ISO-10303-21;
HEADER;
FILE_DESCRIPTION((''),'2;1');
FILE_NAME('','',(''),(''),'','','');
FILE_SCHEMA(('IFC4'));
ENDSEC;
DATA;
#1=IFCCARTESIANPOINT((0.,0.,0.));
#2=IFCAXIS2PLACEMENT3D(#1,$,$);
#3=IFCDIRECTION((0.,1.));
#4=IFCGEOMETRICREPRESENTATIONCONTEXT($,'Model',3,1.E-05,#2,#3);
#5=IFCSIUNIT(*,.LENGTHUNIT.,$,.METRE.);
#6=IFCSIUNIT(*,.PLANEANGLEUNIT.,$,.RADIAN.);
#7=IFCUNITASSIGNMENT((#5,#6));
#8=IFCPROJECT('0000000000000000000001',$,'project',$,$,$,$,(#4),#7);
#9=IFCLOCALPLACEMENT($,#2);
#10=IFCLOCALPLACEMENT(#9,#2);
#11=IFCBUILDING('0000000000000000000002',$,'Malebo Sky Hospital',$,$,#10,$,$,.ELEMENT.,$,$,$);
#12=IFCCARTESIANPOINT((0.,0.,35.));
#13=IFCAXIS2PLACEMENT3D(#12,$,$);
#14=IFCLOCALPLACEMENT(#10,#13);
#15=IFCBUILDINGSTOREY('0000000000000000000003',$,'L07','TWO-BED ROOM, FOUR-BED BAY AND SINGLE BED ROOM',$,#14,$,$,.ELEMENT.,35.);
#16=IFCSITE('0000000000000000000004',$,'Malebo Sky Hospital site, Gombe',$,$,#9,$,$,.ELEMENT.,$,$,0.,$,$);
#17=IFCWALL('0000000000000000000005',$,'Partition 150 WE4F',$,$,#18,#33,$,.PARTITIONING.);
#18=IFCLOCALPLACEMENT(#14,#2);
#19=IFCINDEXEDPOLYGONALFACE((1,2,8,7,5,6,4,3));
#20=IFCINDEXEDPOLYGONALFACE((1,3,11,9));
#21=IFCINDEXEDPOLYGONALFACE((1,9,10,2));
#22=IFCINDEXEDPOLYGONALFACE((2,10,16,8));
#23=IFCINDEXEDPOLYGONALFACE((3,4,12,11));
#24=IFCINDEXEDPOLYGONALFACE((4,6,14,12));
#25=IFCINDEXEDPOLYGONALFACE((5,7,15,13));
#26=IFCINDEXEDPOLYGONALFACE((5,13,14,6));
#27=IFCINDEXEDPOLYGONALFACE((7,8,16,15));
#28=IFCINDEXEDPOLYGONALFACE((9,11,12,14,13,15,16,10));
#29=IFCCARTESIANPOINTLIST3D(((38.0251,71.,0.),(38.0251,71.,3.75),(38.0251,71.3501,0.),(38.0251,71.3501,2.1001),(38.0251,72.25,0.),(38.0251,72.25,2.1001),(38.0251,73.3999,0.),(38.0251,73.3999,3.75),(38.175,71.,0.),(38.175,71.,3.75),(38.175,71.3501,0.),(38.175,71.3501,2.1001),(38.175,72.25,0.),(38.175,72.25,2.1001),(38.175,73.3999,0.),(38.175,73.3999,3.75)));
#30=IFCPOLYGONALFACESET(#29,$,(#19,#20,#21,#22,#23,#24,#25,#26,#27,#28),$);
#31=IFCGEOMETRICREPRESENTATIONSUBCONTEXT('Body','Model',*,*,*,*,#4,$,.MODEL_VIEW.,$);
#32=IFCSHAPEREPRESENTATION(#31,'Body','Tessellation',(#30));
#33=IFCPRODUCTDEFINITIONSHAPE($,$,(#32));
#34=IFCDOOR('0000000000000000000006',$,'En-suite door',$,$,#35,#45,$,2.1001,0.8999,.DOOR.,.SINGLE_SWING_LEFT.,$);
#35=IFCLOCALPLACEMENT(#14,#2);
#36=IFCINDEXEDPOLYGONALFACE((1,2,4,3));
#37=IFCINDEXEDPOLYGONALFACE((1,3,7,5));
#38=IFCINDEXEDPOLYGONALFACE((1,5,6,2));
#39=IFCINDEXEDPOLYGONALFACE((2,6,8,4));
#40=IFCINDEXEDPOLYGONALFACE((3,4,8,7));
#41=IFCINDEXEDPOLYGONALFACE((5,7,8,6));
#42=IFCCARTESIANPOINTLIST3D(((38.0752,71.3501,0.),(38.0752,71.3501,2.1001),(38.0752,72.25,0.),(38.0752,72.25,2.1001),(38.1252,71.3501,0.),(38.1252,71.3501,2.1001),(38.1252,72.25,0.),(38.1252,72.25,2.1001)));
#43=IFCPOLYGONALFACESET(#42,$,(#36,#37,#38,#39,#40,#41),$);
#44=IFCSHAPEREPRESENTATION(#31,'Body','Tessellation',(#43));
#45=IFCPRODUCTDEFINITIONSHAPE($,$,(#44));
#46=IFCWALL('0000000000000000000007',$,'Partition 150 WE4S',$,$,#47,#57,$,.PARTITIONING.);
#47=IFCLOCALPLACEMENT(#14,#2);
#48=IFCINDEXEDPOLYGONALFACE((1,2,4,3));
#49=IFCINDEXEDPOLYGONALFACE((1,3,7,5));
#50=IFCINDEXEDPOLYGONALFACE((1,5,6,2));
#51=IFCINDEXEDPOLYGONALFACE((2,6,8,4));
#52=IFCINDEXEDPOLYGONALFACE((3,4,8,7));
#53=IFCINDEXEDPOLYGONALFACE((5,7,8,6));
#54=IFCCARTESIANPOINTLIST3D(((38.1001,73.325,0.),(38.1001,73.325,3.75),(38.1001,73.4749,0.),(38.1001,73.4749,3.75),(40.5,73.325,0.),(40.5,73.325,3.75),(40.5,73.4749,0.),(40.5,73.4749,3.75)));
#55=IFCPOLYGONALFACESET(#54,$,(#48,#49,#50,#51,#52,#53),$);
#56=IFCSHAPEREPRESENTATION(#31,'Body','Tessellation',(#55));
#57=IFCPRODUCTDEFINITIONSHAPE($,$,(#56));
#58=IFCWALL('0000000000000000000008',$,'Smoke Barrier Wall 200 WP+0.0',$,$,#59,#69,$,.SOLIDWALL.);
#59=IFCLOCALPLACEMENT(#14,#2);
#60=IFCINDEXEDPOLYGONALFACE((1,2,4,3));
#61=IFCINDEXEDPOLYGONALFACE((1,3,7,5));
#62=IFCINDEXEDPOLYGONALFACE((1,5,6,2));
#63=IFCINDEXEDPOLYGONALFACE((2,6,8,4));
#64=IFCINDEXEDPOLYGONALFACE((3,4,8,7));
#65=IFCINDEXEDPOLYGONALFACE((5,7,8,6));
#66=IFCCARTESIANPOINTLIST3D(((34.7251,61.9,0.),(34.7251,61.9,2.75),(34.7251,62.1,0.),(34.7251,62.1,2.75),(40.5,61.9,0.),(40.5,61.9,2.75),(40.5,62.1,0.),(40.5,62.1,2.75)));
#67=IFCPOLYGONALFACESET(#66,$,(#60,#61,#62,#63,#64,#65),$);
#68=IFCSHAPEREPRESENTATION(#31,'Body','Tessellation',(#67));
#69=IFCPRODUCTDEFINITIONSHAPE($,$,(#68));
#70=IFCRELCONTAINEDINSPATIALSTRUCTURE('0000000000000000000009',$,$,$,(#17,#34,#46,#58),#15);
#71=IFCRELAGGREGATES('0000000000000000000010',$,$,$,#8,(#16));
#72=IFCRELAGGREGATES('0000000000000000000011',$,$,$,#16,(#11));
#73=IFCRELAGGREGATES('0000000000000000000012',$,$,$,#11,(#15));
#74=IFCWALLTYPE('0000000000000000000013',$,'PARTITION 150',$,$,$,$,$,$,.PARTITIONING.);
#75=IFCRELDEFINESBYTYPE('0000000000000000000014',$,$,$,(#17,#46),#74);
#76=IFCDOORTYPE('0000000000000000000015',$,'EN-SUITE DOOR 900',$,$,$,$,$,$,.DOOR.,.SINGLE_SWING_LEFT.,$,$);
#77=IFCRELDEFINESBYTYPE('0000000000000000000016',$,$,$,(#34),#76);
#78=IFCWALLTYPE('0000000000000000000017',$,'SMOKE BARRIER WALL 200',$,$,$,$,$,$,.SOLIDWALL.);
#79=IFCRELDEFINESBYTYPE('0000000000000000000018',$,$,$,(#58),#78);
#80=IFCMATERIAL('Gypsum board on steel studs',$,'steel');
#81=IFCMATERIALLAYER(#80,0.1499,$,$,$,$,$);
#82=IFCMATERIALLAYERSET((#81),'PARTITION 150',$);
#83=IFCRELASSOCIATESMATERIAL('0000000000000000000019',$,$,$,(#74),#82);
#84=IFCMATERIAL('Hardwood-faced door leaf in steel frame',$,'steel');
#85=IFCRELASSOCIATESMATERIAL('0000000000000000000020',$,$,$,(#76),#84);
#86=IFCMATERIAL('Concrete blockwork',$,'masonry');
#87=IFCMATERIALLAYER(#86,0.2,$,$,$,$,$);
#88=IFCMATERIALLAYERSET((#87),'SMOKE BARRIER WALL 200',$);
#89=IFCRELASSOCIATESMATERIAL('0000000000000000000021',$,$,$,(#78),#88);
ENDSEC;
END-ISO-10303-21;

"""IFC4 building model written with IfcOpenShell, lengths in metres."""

from ifc_helpers import new_model, si_unit, direction, frame, frame_2d, origin, place, context, subcontext, project, spatial, rectangle, extrude, material, layer, layer_set, type_object, element, fill, save


model = new_model("IFC4")

# Units and contexts
model_context = context("Model", 3, precision=1e-05, world=origin(), true_north=direction((0.0, 1.0)))
body_context = subcontext(model_context, "Body", "Model", "MODEL_VIEW")
ifc_project = project(units=[si_unit("LENGTHUNIT", "METRE"), si_unit("PLANEANGLEUNIT", "RADIAN")], contexts=[model_context])

# Site, building, storey
site_placement = place(None, origin())
site = spatial("IfcSite", under=ifc_project, at=site_placement, Name="Malebo Sky Hospital site, Gombe", CompositionType="ELEMENT", RefElevation=0.0)
building_placement = place(site_placement, origin())
building = spatial("IfcBuilding", under=site, at=building_placement, Name="Malebo Sky Hospital", CompositionType="ELEMENT")
storey_placement = place(building_placement, frame((0.0, 0.0, 35.0)))
storey = spatial("IfcBuildingStorey", under=building, at=storey_placement, Name="L07", Description="TWO-BED ROOM, FOUR-BED BAY AND SINGLE BED ROOM", CompositionType="ELEMENT", Elevation=35.0)

# Shared definitions
ifc_material_1 = material(Name="Gypsum board on steel studs", Category="steel")
ifc_layer_1 = layer(ifc_material_1, 0.1499)
ifc_layer_set_1 = layer_set([ifc_layer_1], Name="PARTITION 150")
wall_type_1 = type_object("IfcWallType", Name="PARTITION 150", PredefinedType="PARTITIONING", material=ifc_layer_set_1)

# Shared definitions
ifc_material_2 = material(Name="Hardwood-faced door leaf in steel frame", Category="steel")
door_type = type_object("IfcDoorType", Name="EN-SUITE DOOR 900", OperationType="SINGLE_SWING_LEFT", PredefinedType="DOOR", material=ifc_material_2)

# Wall, opening, door
wall_1_placement = place(storey_placement, frame((38.1001, 71.0, 0.0), z_axis=(0.0, 0.0, 1.0), x_axis=(0.0, 1.0, 0.0)))
wall_1 = element("IfcWall", 1, at=wall_1_placement, inside=storey, type_object=wall_type_1, Name="Partition 150 WE4F", PredefinedType="PARTITIONING", context=body_context, shape_type="SweptSolid", body=[
    extrude(rectangle(XDim=2.3999, YDim=0.1499, at=frame_2d((1.2, 0.0))), origin(), (0.0, 0.0, 1.0), 3.75),
])
opening_1_placement = place(wall_1_placement, frame((0.3501, 0.0, 0.0)))
opening_1 = element("IfcOpeningElement", 2, at=opening_1_placement, cuts=wall_1, PredefinedType="OPENING", context=body_context, shape_type="SweptSolid", body=[
    extrude(rectangle(XDim=0.8999, YDim=2.1001, at=frame_2d((0.45, 1.05))), frame((0.0, 0.085, 0.0), z_axis=(0.0, -1.0, 0.0), x_axis=(1.0, 0.0, 0.0)), (0.0, 0.0, 1.0), 0.1699),
])
door_1_placement = place(opening_1_placement, origin())
door_1 = element("IfcDoor", 3, at=door_1_placement, inside=storey, type_object=door_type, Name="En-suite door", OperationType="SINGLE_SWING_LEFT", OverallHeight=2.1001, OverallWidth=0.8999, PredefinedType="DOOR", context=body_context, shape_type="SweptSolid", body=[
    extrude(rectangle(XDim=0.8999, YDim=2.1001, at=frame_2d((0.45, 1.05))), frame((0.0, 0.0249, 0.0), z_axis=(0.0, -1.0, 0.0), x_axis=(1.0, 0.0, 0.0)), (0.0, 0.0, 1.0), 0.05),
])
fill(opening_1, door_1)

# Walls
wall_2_placement = place(storey_placement, frame((40.5, 73.3999, 0.0), z_axis=(0.0, 0.0, 1.0), x_axis=(-1.0, 0.0, 0.0)))
element("IfcWall", 4, at=wall_2_placement, inside=storey, type_object=wall_type_1, Name="Partition 150 WE4S", PredefinedType="PARTITIONING", context=body_context, shape_type="SweptSolid", body=[
    extrude(rectangle(XDim=2.3999, YDim=0.1499, at=frame_2d((1.2, 0.0))), origin(), (0.0, 0.0, 1.0), 3.75),
])
ifc_material_3 = material(Name="Concrete blockwork", Category="masonry")
ifc_layer_2 = layer(ifc_material_3, 0.2)
ifc_layer_set_2 = layer_set([ifc_layer_2], Name="SMOKE BARRIER WALL 200")
wall_type_2 = type_object("IfcWallType", Name="SMOKE BARRIER WALL 200", PredefinedType="SOLIDWALL", material=ifc_layer_set_2)
wall_3_placement = place(storey_placement, frame((40.5, 62.0, 0.0), z_axis=(0.0, 0.0, 1.0), x_axis=(-1.0, 0.0, 0.0)))
element("IfcWall", 5, at=wall_3_placement, inside=storey, type_object=wall_type_2, Name="Smoke Barrier Wall 200 WP+0.0", PredefinedType="SOLIDWALL", context=body_context, shape_type="SweptSolid", body=[
    extrude(rectangle(XDim=5.7749, YDim=0.2, at=frame_2d((2.8875, 0.0))), origin(), (0.0, 0.0, 1.0), 2.75),
])

save(model, "model.ifc")
